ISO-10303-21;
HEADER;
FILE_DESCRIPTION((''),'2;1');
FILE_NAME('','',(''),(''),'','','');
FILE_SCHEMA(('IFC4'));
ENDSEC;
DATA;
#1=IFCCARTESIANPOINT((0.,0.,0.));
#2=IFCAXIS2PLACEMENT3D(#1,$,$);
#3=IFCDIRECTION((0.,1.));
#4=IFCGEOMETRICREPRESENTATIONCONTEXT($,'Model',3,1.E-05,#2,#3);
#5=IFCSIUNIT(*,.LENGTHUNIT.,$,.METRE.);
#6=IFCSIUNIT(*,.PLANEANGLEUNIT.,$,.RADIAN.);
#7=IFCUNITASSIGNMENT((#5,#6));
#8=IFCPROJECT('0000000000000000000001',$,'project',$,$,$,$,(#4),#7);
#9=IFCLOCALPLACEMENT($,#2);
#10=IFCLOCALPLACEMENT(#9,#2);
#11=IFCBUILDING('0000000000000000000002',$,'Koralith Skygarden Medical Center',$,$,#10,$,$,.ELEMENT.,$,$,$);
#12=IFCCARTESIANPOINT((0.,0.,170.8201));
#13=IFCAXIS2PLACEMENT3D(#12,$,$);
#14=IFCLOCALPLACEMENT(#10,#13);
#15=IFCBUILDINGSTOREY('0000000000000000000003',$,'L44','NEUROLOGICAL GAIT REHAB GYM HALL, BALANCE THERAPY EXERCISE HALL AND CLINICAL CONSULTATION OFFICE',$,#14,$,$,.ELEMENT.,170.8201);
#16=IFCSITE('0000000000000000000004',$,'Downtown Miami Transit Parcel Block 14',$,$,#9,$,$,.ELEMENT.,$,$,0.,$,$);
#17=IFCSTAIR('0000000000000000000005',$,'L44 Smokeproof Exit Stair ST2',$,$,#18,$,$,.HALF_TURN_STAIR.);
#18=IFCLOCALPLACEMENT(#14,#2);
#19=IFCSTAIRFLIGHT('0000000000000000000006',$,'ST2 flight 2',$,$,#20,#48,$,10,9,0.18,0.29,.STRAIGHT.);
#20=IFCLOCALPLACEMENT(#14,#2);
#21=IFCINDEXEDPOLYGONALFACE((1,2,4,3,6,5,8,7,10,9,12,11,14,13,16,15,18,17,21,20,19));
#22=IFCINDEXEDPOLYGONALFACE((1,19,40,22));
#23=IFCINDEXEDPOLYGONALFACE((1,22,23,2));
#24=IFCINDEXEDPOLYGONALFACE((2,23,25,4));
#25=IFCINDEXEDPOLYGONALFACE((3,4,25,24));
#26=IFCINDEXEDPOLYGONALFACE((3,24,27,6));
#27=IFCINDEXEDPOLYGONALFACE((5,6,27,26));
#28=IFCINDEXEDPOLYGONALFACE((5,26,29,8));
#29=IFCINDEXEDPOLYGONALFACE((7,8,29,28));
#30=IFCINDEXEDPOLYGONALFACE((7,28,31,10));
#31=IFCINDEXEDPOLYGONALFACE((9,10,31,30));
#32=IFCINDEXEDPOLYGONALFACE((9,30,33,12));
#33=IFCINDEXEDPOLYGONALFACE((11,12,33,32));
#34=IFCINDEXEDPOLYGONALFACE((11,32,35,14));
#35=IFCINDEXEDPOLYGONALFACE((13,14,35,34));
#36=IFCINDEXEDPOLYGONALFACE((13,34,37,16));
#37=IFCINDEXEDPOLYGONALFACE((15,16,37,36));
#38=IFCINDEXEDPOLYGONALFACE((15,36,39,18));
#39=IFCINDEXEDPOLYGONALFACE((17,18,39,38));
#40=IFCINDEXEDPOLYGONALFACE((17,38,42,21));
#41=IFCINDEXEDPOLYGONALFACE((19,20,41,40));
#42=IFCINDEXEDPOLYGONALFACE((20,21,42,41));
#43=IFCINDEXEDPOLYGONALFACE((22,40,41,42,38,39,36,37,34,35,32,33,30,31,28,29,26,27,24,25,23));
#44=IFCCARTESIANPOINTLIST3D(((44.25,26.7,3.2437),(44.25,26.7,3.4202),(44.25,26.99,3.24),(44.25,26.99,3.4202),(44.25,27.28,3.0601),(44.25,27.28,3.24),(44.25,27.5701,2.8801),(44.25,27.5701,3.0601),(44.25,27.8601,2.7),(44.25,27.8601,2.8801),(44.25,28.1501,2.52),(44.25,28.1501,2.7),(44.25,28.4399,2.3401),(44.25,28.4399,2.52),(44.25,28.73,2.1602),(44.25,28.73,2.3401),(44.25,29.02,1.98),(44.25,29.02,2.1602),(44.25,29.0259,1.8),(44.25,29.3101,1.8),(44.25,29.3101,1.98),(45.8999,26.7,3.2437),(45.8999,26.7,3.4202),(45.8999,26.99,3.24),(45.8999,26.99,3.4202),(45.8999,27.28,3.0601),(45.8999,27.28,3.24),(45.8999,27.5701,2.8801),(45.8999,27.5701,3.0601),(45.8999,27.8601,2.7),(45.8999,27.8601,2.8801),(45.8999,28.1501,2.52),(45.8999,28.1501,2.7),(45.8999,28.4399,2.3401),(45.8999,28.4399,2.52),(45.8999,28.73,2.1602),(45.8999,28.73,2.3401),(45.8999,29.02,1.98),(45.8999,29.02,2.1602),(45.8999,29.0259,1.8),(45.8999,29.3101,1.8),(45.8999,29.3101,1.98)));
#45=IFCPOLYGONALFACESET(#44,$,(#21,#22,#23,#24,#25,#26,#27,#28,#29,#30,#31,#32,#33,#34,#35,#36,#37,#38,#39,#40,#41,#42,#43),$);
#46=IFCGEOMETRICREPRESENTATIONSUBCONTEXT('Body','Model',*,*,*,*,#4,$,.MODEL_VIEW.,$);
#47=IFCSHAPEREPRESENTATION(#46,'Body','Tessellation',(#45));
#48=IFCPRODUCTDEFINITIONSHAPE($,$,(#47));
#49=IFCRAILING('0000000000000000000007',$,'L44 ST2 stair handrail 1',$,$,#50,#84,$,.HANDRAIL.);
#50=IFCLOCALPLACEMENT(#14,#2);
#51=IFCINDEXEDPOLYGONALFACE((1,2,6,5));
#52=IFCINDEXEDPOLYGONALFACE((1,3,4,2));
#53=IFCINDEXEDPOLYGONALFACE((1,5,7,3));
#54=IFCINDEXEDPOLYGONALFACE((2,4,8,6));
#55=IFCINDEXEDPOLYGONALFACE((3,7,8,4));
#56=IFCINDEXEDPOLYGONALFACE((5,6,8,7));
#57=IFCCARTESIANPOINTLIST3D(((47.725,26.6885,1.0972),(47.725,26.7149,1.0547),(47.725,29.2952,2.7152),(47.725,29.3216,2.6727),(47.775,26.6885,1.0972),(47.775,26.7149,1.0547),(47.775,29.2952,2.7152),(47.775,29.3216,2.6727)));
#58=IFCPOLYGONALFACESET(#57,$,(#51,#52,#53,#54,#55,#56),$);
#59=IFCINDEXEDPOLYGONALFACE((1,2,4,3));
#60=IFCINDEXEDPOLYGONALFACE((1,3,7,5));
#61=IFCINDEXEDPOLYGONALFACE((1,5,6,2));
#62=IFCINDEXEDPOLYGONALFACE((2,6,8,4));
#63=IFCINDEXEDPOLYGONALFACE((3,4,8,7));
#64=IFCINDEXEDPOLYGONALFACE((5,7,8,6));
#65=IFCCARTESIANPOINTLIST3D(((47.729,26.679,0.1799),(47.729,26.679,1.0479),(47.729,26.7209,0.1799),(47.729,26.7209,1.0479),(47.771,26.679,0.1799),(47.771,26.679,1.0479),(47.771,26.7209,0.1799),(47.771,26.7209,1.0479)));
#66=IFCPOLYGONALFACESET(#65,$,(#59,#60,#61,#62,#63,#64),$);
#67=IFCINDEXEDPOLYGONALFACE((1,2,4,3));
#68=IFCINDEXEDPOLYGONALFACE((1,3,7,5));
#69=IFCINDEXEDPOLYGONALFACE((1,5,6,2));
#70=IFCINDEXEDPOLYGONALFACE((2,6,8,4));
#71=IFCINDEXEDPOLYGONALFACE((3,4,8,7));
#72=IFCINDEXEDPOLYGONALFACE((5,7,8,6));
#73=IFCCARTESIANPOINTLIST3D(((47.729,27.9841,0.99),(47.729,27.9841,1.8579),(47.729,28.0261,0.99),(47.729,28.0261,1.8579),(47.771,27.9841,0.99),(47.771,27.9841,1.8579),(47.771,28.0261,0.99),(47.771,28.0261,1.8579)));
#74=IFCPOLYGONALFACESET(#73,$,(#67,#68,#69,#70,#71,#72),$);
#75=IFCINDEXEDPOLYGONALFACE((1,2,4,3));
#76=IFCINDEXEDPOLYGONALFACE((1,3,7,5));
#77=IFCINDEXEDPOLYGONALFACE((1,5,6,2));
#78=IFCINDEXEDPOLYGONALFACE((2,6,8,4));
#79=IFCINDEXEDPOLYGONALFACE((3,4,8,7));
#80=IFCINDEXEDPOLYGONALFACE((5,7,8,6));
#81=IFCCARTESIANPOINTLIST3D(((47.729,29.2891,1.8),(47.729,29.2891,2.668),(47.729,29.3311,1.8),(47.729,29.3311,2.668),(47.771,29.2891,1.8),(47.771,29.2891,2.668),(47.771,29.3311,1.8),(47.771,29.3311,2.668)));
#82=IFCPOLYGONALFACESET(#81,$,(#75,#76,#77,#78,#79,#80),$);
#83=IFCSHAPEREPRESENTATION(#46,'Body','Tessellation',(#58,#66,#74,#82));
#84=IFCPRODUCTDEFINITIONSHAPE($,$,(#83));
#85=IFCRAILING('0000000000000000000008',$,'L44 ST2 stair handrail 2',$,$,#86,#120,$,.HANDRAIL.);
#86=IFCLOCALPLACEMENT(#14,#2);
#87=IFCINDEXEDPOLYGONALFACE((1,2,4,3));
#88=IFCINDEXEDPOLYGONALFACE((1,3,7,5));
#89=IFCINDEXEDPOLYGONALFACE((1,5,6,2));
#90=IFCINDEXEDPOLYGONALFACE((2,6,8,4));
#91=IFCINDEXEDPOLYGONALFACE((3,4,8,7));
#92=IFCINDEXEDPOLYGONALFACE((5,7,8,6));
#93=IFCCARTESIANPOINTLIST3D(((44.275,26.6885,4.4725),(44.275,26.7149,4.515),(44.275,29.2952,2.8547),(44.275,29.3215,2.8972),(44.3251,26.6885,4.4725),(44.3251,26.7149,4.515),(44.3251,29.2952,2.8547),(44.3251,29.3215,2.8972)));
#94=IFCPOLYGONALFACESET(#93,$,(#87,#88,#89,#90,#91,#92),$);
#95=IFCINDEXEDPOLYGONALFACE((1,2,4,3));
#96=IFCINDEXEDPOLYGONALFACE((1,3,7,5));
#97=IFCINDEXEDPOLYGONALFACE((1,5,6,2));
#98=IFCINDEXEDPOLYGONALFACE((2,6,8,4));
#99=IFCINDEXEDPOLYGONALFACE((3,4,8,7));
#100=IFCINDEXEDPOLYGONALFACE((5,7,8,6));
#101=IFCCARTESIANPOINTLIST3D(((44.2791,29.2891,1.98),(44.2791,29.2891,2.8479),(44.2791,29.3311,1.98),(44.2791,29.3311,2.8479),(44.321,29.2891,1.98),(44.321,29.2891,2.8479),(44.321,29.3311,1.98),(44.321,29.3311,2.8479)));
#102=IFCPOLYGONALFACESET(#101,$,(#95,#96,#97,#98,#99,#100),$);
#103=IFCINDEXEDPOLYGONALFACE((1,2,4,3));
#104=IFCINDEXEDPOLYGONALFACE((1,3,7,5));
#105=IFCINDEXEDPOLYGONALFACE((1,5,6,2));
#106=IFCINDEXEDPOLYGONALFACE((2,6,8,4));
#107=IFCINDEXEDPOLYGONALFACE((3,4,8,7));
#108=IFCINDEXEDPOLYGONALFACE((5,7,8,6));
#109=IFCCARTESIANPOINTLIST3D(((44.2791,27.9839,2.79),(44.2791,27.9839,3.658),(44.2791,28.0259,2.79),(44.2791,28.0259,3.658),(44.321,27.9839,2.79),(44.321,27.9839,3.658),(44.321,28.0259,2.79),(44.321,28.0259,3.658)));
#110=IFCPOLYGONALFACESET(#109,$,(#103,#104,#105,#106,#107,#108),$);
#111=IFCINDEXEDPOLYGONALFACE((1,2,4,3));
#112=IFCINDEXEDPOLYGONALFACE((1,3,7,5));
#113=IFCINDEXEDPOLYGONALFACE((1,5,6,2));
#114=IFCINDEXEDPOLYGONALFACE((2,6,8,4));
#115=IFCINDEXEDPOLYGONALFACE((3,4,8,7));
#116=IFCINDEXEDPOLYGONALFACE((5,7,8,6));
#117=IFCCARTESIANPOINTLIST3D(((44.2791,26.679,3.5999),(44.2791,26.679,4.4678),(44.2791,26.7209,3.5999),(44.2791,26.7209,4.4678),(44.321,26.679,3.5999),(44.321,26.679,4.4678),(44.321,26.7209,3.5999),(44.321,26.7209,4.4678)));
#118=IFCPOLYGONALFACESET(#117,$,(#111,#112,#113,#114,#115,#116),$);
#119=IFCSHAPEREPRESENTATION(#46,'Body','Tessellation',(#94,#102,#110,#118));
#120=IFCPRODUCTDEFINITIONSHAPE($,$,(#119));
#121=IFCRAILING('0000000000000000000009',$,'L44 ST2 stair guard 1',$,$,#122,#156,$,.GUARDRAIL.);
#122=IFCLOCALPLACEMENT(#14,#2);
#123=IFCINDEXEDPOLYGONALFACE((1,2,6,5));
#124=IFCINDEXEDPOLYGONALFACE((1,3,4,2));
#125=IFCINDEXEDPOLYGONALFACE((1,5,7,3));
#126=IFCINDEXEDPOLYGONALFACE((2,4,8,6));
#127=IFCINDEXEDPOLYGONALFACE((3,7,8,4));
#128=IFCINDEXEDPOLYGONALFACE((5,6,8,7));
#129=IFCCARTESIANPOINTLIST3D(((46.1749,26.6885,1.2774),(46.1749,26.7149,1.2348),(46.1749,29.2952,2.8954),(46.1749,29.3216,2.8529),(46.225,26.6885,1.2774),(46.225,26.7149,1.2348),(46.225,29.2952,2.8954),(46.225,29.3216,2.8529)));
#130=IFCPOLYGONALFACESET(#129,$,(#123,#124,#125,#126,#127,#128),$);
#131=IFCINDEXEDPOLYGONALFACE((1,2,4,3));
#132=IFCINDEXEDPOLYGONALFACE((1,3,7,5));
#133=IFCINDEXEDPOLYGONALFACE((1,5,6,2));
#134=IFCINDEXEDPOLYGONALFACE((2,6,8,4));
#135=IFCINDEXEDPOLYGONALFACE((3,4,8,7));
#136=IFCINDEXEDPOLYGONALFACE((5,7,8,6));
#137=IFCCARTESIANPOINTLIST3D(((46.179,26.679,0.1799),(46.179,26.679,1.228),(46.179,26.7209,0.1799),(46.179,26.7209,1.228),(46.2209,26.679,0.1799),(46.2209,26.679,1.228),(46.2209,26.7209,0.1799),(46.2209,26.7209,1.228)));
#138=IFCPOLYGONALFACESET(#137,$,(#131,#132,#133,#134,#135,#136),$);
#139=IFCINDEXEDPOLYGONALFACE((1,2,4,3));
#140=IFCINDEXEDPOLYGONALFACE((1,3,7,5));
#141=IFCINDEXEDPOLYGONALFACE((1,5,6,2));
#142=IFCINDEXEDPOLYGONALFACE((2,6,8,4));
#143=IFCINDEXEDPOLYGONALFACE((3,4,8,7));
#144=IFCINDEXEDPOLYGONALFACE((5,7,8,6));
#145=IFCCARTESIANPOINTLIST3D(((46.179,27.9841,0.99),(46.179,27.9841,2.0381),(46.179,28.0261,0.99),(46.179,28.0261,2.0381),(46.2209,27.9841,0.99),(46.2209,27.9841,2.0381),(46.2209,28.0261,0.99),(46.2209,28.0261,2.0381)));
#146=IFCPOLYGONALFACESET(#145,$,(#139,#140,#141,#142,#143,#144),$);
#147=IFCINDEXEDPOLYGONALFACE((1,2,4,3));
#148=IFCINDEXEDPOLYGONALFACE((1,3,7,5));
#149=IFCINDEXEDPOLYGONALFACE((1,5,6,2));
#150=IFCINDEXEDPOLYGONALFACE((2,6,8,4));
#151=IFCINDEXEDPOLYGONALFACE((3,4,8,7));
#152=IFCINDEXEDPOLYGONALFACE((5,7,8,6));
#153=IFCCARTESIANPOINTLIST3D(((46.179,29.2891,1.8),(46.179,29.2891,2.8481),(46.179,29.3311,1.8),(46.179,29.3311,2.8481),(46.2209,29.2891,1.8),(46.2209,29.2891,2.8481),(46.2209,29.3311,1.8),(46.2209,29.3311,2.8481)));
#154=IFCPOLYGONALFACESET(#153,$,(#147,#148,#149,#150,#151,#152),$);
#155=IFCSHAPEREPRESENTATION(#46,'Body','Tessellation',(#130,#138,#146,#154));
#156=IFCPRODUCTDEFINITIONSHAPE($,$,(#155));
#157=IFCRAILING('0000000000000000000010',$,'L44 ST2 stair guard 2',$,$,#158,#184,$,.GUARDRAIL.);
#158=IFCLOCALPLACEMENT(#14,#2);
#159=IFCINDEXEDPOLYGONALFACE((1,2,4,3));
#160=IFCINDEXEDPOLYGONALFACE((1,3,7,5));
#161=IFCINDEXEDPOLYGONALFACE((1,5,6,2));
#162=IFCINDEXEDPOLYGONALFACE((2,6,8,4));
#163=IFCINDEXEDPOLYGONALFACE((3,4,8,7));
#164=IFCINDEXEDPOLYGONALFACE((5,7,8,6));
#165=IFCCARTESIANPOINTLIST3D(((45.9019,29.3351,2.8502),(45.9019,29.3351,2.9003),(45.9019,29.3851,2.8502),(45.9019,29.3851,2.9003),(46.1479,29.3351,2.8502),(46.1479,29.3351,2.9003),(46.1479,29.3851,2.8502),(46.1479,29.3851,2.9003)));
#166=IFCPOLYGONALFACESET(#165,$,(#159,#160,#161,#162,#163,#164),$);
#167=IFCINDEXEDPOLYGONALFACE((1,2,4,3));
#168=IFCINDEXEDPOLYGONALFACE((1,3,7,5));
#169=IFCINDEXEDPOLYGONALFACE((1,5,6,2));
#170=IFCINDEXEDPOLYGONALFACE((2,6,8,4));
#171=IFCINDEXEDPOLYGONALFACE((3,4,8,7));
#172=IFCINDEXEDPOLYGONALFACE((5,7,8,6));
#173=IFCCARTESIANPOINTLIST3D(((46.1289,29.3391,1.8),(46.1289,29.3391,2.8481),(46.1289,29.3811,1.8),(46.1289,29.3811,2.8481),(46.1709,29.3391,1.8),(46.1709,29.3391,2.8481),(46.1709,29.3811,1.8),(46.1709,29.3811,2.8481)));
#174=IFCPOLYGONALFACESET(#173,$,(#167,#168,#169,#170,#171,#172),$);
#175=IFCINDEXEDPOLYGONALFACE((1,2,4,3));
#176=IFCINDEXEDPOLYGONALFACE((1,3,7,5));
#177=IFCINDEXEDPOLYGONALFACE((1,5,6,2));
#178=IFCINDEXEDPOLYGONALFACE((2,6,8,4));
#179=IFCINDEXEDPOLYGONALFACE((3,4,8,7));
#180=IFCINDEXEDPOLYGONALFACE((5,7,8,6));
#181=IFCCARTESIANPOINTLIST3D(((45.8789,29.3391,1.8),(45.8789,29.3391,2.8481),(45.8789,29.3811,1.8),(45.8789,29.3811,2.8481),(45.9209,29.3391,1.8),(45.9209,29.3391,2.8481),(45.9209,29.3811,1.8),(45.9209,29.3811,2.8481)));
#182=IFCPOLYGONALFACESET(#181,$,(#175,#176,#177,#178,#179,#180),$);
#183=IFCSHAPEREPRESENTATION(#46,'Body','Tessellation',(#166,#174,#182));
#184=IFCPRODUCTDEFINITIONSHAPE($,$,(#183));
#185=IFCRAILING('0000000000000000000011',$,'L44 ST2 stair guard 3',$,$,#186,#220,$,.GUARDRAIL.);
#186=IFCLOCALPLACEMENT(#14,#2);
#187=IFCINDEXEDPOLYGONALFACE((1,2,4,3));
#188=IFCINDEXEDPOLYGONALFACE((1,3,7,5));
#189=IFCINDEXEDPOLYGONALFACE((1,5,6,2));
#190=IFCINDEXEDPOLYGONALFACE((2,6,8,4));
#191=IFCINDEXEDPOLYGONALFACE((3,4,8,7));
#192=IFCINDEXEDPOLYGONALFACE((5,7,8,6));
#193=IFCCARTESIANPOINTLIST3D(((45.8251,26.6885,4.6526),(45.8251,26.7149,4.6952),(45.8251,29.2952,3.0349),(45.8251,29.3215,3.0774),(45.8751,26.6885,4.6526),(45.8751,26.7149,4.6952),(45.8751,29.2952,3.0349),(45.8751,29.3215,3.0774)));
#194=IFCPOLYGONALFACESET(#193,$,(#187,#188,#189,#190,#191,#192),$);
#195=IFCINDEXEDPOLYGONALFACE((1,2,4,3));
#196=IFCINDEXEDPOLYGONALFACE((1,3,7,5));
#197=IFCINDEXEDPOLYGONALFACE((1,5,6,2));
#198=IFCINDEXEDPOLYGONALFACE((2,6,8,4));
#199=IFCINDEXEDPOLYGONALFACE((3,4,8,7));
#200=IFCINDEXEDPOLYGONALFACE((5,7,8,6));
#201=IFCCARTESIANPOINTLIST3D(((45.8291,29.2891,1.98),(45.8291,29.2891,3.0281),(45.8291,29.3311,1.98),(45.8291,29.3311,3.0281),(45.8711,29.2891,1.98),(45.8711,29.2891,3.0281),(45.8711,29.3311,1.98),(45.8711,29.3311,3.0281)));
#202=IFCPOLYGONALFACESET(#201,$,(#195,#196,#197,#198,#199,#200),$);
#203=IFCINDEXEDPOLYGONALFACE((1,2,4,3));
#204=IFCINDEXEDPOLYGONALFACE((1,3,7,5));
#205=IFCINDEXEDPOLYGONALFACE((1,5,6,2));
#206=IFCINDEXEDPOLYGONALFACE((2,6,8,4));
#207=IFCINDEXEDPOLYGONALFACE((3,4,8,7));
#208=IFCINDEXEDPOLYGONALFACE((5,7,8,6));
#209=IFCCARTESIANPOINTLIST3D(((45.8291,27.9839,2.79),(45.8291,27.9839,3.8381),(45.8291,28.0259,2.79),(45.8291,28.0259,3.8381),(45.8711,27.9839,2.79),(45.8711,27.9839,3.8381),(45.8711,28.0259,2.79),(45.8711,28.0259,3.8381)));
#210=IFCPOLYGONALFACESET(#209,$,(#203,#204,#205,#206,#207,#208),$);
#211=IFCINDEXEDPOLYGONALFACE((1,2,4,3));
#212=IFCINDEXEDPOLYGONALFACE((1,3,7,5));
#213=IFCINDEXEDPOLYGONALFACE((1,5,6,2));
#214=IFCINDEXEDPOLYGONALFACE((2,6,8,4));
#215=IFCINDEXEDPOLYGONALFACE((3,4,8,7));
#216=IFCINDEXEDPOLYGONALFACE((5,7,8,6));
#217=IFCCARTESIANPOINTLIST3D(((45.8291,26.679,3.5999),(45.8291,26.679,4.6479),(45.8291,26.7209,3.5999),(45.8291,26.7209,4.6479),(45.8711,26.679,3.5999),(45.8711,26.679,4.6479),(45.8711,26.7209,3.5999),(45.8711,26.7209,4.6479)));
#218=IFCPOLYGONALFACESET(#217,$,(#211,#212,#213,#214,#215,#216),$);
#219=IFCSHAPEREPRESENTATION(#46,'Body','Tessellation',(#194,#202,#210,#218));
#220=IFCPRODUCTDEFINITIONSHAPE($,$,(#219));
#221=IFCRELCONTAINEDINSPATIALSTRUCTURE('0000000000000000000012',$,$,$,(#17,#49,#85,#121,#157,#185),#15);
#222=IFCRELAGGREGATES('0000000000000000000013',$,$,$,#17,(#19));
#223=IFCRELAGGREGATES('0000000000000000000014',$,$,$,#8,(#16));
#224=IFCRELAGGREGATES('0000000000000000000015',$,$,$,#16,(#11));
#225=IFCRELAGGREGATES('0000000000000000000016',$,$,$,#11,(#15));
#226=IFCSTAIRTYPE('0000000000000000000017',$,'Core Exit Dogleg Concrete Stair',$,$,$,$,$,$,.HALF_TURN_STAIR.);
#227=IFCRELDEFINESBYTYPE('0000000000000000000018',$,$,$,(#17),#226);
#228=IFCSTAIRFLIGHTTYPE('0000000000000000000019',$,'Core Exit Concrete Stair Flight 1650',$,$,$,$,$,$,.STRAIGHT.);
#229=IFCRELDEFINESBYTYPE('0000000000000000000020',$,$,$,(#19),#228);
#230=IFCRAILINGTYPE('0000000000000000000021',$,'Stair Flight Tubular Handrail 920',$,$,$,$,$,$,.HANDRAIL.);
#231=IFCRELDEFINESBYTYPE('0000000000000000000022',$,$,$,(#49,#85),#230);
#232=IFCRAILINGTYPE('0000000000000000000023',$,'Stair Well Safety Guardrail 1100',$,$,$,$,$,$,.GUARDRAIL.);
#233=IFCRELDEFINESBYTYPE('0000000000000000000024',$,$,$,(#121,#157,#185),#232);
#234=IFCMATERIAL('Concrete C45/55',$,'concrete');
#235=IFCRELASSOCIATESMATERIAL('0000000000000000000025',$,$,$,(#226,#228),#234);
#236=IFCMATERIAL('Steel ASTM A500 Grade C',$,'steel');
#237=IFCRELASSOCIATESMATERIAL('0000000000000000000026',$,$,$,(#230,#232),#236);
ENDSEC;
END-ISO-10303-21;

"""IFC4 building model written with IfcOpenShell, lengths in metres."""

from ifc_helpers import new_model, si_unit, direction, frame, origin, origin_2d, place, context, subcontext, project, spatial, polyline, rectangle, outline, extrude, material, type_object, element, aggregate, save


model = new_model("IFC4")

# Units and contexts
model_context = context("Model", 3, precision=1e-05, world=origin(), true_north=direction((0.0, 1.0)))
body_context = subcontext(model_context, "Body", "Model", "MODEL_VIEW")
ifc_project = project(units=[si_unit("LENGTHUNIT", "METRE"), si_unit("PLANEANGLEUNIT", "RADIAN")], contexts=[model_context])

# Site, building, storey
site_placement = place(None, origin())
site = spatial("IfcSite", under=ifc_project, at=site_placement, Name="Downtown Miami Transit Parcel Block 14", CompositionType="ELEMENT", RefElevation=0.0)
building_placement = place(site_placement, origin())
building = spatial("IfcBuilding", under=site, at=building_placement, Name="Koralith Skygarden Medical Center", CompositionType="ELEMENT")
storey_placement = place(building_placement, frame((0.0, 0.0, 170.8201)))
storey = spatial("IfcBuildingStorey", under=building, at=storey_placement, Name="L44", Description="NEUROLOGICAL GAIT REHAB GYM HALL, BALANCE THERAPY EXERCISE HALL AND CLINICAL CONSULTATION OFFICE", CompositionType="ELEMENT", Elevation=170.8201)

# Shared definitions
ifc_material_1 = material(Name="Concrete C45/55", Category="concrete")

# Stair, stair flight
stair_type = type_object("IfcStairType", Name="Core Exit Dogleg Concrete Stair", PredefinedType="HALF_TURN_STAIR", material=ifc_material_1)
stair_placement = place(storey_placement, origin())
stair = element("IfcStair", 1, at=stair_placement, inside=storey, type_object=stair_type, Name="L44 Smokeproof Exit Stair ST2", PredefinedType="HALF_TURN_STAIR")
stair_flight_type = type_object("IfcStairFlightType", Name="Core Exit Concrete Stair Flight 1650", PredefinedType="STRAIGHT", material=ifc_material_1)
stair_flight_1_placement = place(storey_placement, frame((45.075, 29.3101, 1.8), z_axis=(0.0, 0.0, 1.0), x_axis=(0.0, -1.0, 0.0)))
stair_flight_1 = element("IfcStairFlight", 2, at=stair_flight_1_placement, type_object=stair_flight_type, Name="ST2 flight 2", NumberOfRisers=10, NumberOfTreads=9, PredefinedType="STRAIGHT", RiserHeight=0.18, TreadLength=0.29, context=body_context, shape_type="SweptSolid", body=[
    extrude(outline(polyline([(0.0, 0.0), (0.0, 0.1799), (0.29, 0.1799), (0.29, 0.3601), (0.5801, 0.3601), (0.5801, 0.54), (0.8701, 0.54), (0.8701, 0.72), (1.1599, 0.72), (1.1599, 0.8999), (1.45, 0.8999), (1.45, 1.0801), (1.74, 1.0801), (1.74, 1.26), (2.03, 1.26), (2.03, 1.4399), (2.3201, 1.4399), (2.3201, 1.6201), (2.6101, 1.6201), (2.6101, 1.8), (2.6101, 1.4436), (0.2842, 0.0), (0.0, 0.0)])), frame((0.0, 0.825, 0.0), z_axis=(0.0, -1.0, 0.0), x_axis=(1.0, 0.0, 0.0)), (0.0, 0.0, 1.0), 1.6499),
])
aggregate(stair, [stair_flight_1])

# Railings
ifc_material_2 = material(Name="Steel ASTM A500 Grade C", Category="steel")
railing_type_1 = type_object("IfcRailingType", Name="Stair Flight Tubular Handrail 920", PredefinedType="HANDRAIL", material=ifc_material_2)
railing_1_placement = place(storey_placement, frame((47.75, 26.7, 0.1799)))
element("IfcRailing", 3, at=railing_1_placement, inside=storey, type_object=railing_type_1, Name="L44 ST2 stair handrail 1", PredefinedType="HANDRAIL", context=body_context, shape_type="SweptSolid", body=[
    extrude(rectangle(XDim=0.05, YDim=0.05, at=origin_2d()), frame((0.0, 0.0017, 0.896), z_axis=(0.0, 0.849633, 0.527375), x_axis=(-1.0, 0.0, 0.0)), (0.0, 0.0, 1.0), 3.0681),
    extrude(rectangle(XDim=0.042, YDim=0.042, at=origin_2d()), origin(), (0.0, 0.0, 1.0), 0.8679),
    extrude(rectangle(XDim=0.042, YDim=0.042, at=origin_2d()), frame((0.0, 1.3052, 0.8101)), (0.0, 0.0, 1.0), 0.8679),
    extrude(rectangle(XDim=0.042, YDim=0.042, at=origin_2d()), frame((0.0, 2.6101, 1.6201)), (0.0, 0.0, 1.0), 0.8679),
])
railing_2_placement = place(storey_placement, frame((44.3, 29.3101, 1.98)))
element("IfcRailing", 4, at=railing_2_placement, inside=storey, type_object=railing_type_1, Name="L44 ST2 stair handrail 2", PredefinedType="HANDRAIL", context=body_context, shape_type="SweptSolid", body=[
    extrude(rectangle(XDim=0.05, YDim=0.05, at=origin_2d()), frame((0.0, -0.0017, 0.896), z_axis=(0.0, -0.849668, 0.527317), x_axis=(1.0, 0.0, 0.0)), (0.0, 0.0, 1.0), 3.0679),
    extrude(rectangle(XDim=0.042, YDim=0.042, at=origin_2d()), origin(), (0.0, 0.0, 1.0), 0.8679),
    extrude(rectangle(XDim=0.042, YDim=0.042, at=origin_2d()), frame((0.0, -1.3052, 0.8101)), (0.0, 0.0, 1.0), 0.8679),
    extrude(rectangle(XDim=0.042, YDim=0.042, at=origin_2d()), frame((0.0, -2.6101, 1.6199)), (0.0, 0.0, 1.0), 0.8679),
])
railing_type_2 = type_object("IfcRailingType", Name="Stair Well Safety Guardrail 1100", PredefinedType="GUARDRAIL", material=ifc_material_2)
railing_3_placement = place(storey_placement, frame((46.2, 26.7, 0.1799)))
element("IfcRailing", 5, at=railing_3_placement, inside=storey, type_object=railing_type_2, Name="L44 ST2 stair guard 1", PredefinedType="GUARDRAIL", context=body_context, shape_type="SweptSolid", body=[
    extrude(rectangle(XDim=0.05, YDim=0.05, at=origin_2d()), frame((0.0, 0.0017, 1.0762), z_axis=(0.0, 0.849633, 0.527375), x_axis=(-1.0, 0.0, 0.0)), (0.0, 0.0, 1.0), 3.0681),
    extrude(rectangle(XDim=0.042, YDim=0.042, at=origin_2d()), origin(), (0.0, 0.0, 1.0), 1.0481),
    extrude(rectangle(XDim=0.042, YDim=0.042, at=origin_2d()), frame((0.0, 1.3052, 0.8101)), (0.0, 0.0, 1.0), 1.0481),
    extrude(rectangle(XDim=0.042, YDim=0.042, at=origin_2d()), frame((0.0, 2.6101, 1.6201)), (0.0, 0.0, 1.0), 1.0481),
])
railing_4_placement = place(storey_placement, frame((46.1499, 29.3601, 1.8)))
element("IfcRailing", 6, at=railing_4_placement, inside=storey, type_object=railing_type_2, Name="L44 ST2 stair guard 2", PredefinedType="GUARDRAIL", context=body_context, shape_type="SweptSolid", body=[
    extrude(rectangle(XDim=0.05, YDim=0.05, at=origin_2d()), frame((-0.002, 0.0, 1.0752), z_axis=(-1.0, 0.0, 0.0), x_axis=(0.0, -1.0, 0.0)), (0.0, 0.0, 1.0), 0.2461),
    extrude(rectangle(XDim=0.042, YDim=0.042, at=origin_2d()), origin(), (0.0, 0.0, 1.0), 1.0481),
    extrude(rectangle(XDim=0.042, YDim=0.042, at=origin_2d()), frame((-0.25, 0.0, 0.0)), (0.0, 0.0, 1.0), 1.0481),
])
railing_5_placement = place(storey_placement, frame((45.8501, 29.3101, 1.98)))
element("IfcRailing", 7, at=railing_5_placement, inside=storey, type_object=railing_type_2, Name="L44 ST2 stair guard 3", PredefinedType="GUARDRAIL", context=body_context, shape_type="SweptSolid", body=[
    extrude(rectangle(XDim=0.05, YDim=0.05, at=origin_2d()), frame((0.0, -0.0017, 1.0762), z_axis=(0.0, -0.849668, 0.527317), x_axis=(1.0, 0.0, 0.0)), (0.0, 0.0, 1.0), 3.0679),
    extrude(rectangle(XDim=0.042, YDim=0.042, at=origin_2d()), origin(), (0.0, 0.0, 1.0), 1.0481),
    extrude(rectangle(XDim=0.042, YDim=0.042, at=origin_2d()), frame((0.0, -1.3052, 0.8101)), (0.0, 0.0, 1.0), 1.0481),
    extrude(rectangle(XDim=0.042, YDim=0.042, at=origin_2d()), frame((0.0, -2.6101, 1.6199)), (0.0, 0.0, 1.0), 1.0481),
])

save(model, "model.ifc")
